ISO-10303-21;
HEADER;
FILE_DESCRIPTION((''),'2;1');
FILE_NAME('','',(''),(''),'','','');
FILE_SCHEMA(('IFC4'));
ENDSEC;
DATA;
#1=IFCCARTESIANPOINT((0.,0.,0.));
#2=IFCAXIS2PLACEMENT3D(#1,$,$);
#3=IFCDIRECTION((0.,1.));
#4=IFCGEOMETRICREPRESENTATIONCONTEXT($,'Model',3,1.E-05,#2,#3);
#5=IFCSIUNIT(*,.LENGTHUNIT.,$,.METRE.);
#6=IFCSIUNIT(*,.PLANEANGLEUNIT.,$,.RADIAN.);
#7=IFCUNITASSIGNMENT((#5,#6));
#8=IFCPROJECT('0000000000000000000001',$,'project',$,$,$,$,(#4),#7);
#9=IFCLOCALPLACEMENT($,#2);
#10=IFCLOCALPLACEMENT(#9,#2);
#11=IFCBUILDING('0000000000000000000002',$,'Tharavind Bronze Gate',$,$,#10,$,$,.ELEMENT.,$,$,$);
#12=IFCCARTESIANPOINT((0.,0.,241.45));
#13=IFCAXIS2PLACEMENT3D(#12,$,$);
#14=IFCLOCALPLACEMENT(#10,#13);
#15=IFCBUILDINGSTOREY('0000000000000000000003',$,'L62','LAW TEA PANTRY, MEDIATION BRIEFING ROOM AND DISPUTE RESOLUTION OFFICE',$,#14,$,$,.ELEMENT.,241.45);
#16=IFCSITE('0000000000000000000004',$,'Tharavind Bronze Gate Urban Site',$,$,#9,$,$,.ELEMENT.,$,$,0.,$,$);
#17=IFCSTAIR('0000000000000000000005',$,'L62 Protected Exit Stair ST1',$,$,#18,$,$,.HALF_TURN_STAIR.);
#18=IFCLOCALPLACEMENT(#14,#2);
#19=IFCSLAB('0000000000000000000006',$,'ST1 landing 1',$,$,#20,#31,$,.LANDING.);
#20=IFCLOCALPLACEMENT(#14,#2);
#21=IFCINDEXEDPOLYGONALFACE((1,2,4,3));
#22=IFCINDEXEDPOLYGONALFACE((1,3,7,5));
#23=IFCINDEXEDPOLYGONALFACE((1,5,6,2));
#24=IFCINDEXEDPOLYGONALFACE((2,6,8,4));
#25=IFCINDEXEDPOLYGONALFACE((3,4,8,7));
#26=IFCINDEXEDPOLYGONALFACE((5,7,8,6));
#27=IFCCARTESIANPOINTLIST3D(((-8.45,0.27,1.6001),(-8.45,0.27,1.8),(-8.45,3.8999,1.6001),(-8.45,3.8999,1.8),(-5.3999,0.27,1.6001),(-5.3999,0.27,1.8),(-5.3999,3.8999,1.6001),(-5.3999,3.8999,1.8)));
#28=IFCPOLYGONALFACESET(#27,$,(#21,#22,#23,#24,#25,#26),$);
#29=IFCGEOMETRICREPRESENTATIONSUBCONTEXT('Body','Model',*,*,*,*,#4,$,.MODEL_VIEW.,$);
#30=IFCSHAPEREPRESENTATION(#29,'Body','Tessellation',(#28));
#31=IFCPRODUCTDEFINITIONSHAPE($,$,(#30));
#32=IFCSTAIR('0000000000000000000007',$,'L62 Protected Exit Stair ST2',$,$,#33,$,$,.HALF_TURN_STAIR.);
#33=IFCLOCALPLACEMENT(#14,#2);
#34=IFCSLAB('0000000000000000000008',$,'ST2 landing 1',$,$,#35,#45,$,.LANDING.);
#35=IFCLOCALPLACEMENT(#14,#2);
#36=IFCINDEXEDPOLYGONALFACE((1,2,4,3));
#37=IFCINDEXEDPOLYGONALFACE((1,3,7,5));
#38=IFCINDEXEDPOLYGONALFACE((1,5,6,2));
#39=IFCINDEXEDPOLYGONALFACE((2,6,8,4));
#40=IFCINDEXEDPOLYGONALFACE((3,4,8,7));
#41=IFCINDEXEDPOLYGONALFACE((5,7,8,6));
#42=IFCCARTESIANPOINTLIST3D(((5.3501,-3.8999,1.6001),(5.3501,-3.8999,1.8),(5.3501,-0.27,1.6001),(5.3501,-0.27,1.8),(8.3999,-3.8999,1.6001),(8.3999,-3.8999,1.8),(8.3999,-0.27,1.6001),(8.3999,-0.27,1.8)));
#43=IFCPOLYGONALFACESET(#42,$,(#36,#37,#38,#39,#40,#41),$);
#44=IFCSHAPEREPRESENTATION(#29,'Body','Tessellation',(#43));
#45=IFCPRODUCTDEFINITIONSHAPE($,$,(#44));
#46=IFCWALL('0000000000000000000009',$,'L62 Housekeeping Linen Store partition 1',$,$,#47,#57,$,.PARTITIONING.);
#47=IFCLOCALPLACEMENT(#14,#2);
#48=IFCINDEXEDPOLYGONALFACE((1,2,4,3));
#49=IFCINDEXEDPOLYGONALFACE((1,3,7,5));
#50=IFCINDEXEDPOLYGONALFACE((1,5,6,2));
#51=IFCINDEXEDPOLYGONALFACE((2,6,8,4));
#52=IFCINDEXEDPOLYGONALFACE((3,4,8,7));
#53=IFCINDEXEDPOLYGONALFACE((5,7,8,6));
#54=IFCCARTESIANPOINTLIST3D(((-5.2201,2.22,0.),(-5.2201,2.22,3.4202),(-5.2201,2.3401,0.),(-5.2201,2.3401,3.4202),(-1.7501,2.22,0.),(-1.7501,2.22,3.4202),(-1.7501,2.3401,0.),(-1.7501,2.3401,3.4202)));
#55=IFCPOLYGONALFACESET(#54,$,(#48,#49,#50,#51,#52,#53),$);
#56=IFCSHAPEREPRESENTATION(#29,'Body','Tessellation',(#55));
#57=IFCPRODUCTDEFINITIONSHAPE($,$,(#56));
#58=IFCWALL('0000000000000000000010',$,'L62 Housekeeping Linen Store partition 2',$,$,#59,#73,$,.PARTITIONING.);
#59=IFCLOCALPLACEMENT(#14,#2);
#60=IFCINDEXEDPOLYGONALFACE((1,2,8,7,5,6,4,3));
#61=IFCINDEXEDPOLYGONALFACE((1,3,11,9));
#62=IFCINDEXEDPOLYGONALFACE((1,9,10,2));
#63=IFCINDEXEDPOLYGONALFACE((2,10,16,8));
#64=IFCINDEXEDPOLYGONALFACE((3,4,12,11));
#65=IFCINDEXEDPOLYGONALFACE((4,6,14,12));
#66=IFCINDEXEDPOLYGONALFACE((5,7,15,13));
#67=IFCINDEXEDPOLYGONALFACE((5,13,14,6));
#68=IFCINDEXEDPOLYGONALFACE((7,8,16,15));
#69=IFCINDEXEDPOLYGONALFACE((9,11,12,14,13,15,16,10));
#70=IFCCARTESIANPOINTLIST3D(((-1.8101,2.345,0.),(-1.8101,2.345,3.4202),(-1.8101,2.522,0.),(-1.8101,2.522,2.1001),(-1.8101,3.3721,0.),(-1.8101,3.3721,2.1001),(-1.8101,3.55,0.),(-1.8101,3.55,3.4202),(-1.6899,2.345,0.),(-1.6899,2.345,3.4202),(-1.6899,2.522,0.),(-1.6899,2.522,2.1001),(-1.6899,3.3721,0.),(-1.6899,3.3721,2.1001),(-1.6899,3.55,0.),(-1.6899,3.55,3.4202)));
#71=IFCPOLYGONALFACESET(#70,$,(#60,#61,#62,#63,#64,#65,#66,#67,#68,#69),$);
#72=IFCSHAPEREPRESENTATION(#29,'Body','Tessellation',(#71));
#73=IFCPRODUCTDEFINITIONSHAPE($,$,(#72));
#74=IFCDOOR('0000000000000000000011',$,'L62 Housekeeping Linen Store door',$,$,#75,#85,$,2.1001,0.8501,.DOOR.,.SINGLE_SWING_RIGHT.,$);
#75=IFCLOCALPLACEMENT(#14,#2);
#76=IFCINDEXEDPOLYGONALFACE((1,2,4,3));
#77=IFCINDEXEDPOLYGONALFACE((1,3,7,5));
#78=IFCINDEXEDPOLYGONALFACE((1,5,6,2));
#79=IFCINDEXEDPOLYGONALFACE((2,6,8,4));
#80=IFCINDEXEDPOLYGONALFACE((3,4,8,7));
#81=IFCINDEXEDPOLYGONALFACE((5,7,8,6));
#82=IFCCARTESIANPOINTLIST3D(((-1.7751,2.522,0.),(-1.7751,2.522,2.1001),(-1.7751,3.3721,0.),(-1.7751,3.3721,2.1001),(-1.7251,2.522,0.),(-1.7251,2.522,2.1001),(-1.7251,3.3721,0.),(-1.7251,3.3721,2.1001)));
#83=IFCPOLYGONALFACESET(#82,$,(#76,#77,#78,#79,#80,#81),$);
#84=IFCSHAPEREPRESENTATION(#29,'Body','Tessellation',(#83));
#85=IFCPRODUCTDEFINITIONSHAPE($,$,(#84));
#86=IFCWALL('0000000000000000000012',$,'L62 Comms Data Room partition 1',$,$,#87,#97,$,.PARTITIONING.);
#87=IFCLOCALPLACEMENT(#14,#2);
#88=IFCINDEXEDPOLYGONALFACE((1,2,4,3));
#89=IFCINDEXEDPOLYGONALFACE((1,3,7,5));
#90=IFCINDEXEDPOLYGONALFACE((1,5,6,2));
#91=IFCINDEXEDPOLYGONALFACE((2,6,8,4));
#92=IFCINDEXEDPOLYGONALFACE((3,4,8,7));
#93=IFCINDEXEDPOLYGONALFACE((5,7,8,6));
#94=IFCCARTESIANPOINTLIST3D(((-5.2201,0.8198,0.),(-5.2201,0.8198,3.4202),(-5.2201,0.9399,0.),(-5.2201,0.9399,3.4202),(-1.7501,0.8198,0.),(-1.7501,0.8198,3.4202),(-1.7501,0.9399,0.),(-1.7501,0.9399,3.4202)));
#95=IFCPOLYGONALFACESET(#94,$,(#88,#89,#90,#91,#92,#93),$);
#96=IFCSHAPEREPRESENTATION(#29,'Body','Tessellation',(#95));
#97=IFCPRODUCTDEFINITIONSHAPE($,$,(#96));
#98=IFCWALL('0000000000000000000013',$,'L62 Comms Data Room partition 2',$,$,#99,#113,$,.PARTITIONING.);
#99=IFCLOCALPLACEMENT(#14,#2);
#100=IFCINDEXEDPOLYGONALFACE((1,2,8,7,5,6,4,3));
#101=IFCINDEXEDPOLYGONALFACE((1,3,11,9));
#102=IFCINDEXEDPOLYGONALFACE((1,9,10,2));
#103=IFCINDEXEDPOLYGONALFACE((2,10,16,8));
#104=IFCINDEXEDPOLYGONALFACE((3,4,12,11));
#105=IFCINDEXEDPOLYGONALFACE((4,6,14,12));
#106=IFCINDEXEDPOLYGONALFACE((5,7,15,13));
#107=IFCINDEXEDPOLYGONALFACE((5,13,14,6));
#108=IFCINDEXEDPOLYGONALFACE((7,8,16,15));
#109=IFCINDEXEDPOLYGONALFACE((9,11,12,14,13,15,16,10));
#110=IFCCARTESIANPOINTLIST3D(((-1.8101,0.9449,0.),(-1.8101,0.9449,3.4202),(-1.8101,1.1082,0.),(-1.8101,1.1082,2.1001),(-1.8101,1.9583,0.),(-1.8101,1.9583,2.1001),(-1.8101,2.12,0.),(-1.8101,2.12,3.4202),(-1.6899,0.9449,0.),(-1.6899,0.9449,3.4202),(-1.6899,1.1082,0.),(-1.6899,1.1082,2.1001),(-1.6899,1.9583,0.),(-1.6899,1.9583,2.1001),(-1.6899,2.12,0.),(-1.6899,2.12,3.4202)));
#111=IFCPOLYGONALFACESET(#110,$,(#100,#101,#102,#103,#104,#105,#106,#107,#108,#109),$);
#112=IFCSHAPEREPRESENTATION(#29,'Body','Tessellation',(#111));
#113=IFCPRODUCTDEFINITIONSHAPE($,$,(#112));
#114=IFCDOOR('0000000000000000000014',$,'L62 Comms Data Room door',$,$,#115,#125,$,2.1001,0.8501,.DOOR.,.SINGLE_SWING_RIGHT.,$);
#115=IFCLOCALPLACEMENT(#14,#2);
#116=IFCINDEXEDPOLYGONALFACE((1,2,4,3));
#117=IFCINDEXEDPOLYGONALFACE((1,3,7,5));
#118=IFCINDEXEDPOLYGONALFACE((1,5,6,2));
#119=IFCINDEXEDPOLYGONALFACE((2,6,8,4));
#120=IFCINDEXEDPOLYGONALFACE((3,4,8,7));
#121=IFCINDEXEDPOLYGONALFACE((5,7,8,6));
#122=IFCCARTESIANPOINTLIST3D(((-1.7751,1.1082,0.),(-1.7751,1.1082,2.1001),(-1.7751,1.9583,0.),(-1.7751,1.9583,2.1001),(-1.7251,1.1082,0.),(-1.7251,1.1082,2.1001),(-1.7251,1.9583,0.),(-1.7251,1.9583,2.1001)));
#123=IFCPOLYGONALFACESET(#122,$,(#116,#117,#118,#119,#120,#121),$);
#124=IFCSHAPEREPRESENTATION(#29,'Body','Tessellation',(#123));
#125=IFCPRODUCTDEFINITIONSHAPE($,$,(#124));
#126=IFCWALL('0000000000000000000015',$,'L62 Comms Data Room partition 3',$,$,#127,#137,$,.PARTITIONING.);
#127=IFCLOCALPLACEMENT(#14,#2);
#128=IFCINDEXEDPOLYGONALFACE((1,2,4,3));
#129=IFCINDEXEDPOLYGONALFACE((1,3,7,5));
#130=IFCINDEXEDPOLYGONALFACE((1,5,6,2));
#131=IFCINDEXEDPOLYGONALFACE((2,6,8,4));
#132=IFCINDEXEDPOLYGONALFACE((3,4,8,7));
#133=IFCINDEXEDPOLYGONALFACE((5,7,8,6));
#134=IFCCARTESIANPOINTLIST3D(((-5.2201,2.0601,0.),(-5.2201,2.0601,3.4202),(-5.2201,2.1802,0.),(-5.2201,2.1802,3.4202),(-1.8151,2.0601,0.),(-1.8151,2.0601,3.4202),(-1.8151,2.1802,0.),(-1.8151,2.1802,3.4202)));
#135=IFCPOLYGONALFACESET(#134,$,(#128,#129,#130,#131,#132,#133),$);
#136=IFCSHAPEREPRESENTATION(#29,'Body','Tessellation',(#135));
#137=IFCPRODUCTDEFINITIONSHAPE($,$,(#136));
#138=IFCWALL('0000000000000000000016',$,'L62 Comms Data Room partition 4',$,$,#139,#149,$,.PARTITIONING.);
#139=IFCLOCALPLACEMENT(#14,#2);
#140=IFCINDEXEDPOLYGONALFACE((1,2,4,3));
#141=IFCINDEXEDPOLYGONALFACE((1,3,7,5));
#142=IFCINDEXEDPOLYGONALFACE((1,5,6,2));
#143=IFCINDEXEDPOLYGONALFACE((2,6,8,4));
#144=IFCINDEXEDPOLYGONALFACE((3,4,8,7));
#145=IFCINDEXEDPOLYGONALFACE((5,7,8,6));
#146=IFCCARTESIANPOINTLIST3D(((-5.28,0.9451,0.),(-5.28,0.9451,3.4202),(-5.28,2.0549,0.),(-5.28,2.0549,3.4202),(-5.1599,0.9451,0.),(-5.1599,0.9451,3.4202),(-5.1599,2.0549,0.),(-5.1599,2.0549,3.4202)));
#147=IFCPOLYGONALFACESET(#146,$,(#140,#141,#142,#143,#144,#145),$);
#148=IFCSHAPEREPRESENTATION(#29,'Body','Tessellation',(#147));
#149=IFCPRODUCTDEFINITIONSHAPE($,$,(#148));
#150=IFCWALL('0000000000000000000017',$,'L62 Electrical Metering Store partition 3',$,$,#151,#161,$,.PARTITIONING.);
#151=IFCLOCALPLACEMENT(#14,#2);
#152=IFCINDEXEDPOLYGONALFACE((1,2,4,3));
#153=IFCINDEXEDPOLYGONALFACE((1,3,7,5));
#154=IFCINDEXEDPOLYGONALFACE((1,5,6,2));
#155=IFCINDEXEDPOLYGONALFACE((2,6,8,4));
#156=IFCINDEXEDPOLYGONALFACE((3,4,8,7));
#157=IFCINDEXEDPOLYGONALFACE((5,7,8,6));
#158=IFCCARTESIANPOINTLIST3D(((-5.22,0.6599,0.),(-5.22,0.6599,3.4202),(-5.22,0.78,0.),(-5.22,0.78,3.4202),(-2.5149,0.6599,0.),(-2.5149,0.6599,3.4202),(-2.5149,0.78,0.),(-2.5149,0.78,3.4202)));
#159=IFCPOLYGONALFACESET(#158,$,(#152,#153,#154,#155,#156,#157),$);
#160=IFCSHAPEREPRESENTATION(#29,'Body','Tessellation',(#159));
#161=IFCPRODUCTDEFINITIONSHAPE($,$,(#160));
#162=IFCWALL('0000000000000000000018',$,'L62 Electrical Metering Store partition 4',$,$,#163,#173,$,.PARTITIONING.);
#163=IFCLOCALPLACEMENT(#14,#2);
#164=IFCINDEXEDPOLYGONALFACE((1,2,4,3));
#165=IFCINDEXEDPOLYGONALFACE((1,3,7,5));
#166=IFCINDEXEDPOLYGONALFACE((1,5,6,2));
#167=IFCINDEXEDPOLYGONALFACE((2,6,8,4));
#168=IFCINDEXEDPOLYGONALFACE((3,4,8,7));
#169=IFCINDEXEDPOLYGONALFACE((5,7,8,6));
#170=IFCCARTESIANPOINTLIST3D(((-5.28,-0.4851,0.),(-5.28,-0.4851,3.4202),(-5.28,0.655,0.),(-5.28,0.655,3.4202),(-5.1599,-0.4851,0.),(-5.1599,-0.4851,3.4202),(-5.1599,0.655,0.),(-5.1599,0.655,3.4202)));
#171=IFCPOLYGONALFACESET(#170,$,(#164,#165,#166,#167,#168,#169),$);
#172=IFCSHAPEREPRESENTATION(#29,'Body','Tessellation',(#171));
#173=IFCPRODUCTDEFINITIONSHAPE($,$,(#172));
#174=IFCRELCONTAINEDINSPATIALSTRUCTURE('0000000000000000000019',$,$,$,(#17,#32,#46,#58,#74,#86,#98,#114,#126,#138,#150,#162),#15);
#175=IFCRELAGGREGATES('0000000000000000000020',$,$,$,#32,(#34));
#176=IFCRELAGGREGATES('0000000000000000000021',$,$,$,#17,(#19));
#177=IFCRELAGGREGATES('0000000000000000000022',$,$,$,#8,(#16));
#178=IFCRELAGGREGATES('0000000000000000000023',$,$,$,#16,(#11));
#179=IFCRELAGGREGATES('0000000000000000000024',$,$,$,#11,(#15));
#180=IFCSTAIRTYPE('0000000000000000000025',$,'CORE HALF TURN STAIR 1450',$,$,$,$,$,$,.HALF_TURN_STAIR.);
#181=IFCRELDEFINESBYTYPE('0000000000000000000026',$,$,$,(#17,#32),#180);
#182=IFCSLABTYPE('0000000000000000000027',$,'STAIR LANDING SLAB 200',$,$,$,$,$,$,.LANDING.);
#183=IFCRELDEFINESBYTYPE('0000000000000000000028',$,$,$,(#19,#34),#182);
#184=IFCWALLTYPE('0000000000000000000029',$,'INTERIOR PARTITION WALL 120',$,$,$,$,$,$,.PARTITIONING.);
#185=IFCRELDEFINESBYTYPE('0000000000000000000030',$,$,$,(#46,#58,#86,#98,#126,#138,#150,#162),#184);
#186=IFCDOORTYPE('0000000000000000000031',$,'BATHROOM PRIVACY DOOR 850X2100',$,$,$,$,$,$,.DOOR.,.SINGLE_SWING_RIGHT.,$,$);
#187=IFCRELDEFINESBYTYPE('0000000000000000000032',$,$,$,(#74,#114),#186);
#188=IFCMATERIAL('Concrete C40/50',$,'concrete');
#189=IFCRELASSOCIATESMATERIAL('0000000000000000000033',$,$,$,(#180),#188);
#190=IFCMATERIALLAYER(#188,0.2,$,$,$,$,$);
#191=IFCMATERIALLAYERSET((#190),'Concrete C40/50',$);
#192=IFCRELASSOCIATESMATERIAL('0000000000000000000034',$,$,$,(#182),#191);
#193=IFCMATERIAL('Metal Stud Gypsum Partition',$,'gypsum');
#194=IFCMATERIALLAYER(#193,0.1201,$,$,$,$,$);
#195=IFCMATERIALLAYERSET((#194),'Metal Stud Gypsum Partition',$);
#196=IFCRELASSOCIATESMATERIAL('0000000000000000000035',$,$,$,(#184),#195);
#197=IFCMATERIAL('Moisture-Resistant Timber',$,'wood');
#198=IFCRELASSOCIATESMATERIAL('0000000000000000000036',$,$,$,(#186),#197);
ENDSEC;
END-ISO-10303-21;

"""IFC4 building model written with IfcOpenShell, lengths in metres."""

from ifc_helpers import new_model, si_unit, direction, frame, frame_2d, origin, place, context, subcontext, project, spatial, polyline, rectangle, outline, extrude, material, layer, layer_set, type_object, element, fill, aggregate, save


model = new_model("IFC4")

# Units and contexts
model_context = context("Model", 3, precision=1e-05, world=origin(), true_north=direction((0.0, 1.0)))
body_context = subcontext(model_context, "Body", "Model", "MODEL_VIEW")
ifc_project = project(units=[si_unit("LENGTHUNIT", "METRE"), si_unit("PLANEANGLEUNIT", "RADIAN")], contexts=[model_context])

# Site, building, storey
site_placement = place(None, origin())
site = spatial("IfcSite", under=ifc_project, at=site_placement, Name="Tharavind Bronze Gate Urban Site", CompositionType="ELEMENT", RefElevation=0.0)
building_placement = place(site_placement, origin())
building = spatial("IfcBuilding", under=site, at=building_placement, Name="Tharavind Bronze Gate", CompositionType="ELEMENT")
storey_placement = place(building_placement, frame((0.0, 0.0, 241.45)))
storey = spatial("IfcBuildingStorey", under=building, at=storey_placement, Name="L62", Description="LAW TEA PANTRY, MEDIATION BRIEFING ROOM AND DISPUTE RESOLUTION OFFICE", CompositionType="ELEMENT", Elevation=241.45)

# Stairs, slabs
ifc_material_1 = material(Name="Concrete C40/50", Category="concrete")
stair_type = type_object("IfcStairType", Name="CORE HALF TURN STAIR 1450", PredefinedType="HALF_TURN_STAIR", material=ifc_material_1)
stair_1_placement = place(storey_placement, origin())
stair_1 = element("IfcStair", 1, at=stair_1_placement, inside=storey, type_object=stair_type, Name="L62 Protected Exit Stair ST1", PredefinedType="HALF_TURN_STAIR")
ifc_layer_1 = layer(ifc_material_1, 0.2)
ifc_layer_set_1 = layer_set([ifc_layer_1], Name="Concrete C40/50")
slab_type = type_object("IfcSlabType", Name="STAIR LANDING SLAB 200", PredefinedType="LANDING", material=ifc_layer_set_1)
slab_1_placement = place(storey_placement, frame((0.0, 0.0, 1.6001)))
slab_1 = element("IfcSlab", 2, at=slab_1_placement, type_object=slab_type, Name="ST1 landing 1", PredefinedType="LANDING", context=body_context, shape_type="SweptSolid", body=[
    extrude(outline(polyline([(-5.3999, 0.27), (-5.3999, 3.8999), (-8.45, 3.8999), (-8.45, 0.27), (-5.3999, 0.27)])), origin(), (0.0, 0.0, 1.0), 0.2),
])
stair_2_placement = place(storey_placement, origin())
stair_2 = element("IfcStair", 3, at=stair_2_placement, inside=storey, type_object=stair_type, Name="L62 Protected Exit Stair ST2", PredefinedType="HALF_TURN_STAIR")
slab_2_placement = place(storey_placement, frame((0.0, 0.0, 1.6001)))
slab_2 = element("IfcSlab", 4, at=slab_2_placement, type_object=slab_type, Name="ST2 landing 1", PredefinedType="LANDING", context=body_context, shape_type="SweptSolid", body=[
    extrude(outline(polyline([(5.3501, -0.27), (5.3501, -3.8999), (8.3999, -3.8999), (8.3999, -0.27), (5.3501, -0.27)])), origin(), (0.0, 0.0, 1.0), 0.2),
])
aggregate(stair_2, [slab_2])

# Wall
ifc_material_2 = material(Name="Metal Stud Gypsum Partition", Category="gypsum")
ifc_layer_2 = layer(ifc_material_2, 0.1201)
ifc_layer_set_2 = layer_set([ifc_layer_2], Name="Metal Stud Gypsum Partition")
wall_type = type_object("IfcWallType", Name="INTERIOR PARTITION WALL 120", PredefinedType="PARTITIONING", material=ifc_layer_set_2)
wall_1_placement = place(storey_placement, frame((-5.22, 2.28, 0.0), z_axis=(0.0, 0.0, 1.0), x_axis=(1.0, 0.0, 0.0)))
element("IfcWall", 5, at=wall_1_placement, inside=storey, type_object=wall_type, Name="L62 Housekeeping Linen Store partition 1", PredefinedType="PARTITIONING", context=body_context, shape_type="SweptSolid", body=[
    extrude(rectangle(XDim=3.47, YDim=0.1201, at=frame_2d((1.7349, 0.0))), origin(), (0.0, 0.0, 1.0), 3.4202),
])

# Wall, opening, door
wall_2_placement = place(storey_placement, frame((-1.75, 2.345, 0.0), z_axis=(0.0, 0.0, 1.0), x_axis=(0.0, 1.0, 0.0)))
wall_2 = element("IfcWall", 6, at=wall_2_placement, inside=storey, type_object=wall_type, Name="L62 Housekeeping Linen Store partition 2", PredefinedType="PARTITIONING", context=body_context, shape_type="SweptSolid", body=[
    extrude(rectangle(XDim=1.2051, YDim=0.1201, at=frame_2d((0.6025, 0.0))), origin(), (0.0, 0.0, 1.0), 3.4202),
])
opening_1_placement = place(wall_2_placement, frame((0.177, 0.0, 0.0)))
opening_1 = element("IfcOpeningElement", 7, at=opening_1_placement, cuts=wall_2, PredefinedType="OPENING", context=body_context, shape_type="SweptSolid", body=[
    extrude(rectangle(XDim=0.8501, YDim=2.1001, at=frame_2d((0.425, 1.05))), frame((0.0, 0.0701, 0.0), z_axis=(0.0, -1.0, 0.0), x_axis=(1.0, 0.0, 0.0)), (0.0, 0.0, 1.0), 0.1401),
])
ifc_material_3 = material(Name="Moisture-Resistant Timber", Category="wood")
door_type = type_object("IfcDoorType", Name="BATHROOM PRIVACY DOOR 850X2100", OperationType="SINGLE_SWING_RIGHT", PredefinedType="DOOR", material=ifc_material_3)
door_1_placement = place(opening_1_placement, frame((0.8501, 0.0, 0.0), z_axis=(0.0, 0.0, 1.0), x_axis=(-1.0, 0.0, 0.0)))
door_1 = element("IfcDoor", 8, at=door_1_placement, inside=storey, type_object=door_type, Name="L62 Housekeeping Linen Store door", OperationType="SINGLE_SWING_RIGHT", OverallHeight=2.1001, OverallWidth=0.8501, PredefinedType="DOOR", context=body_context, shape_type="SweptSolid", body=[
    extrude(rectangle(XDim=0.8501, YDim=2.1001, at=frame_2d((0.425, 1.05))), frame((0.0, 0.0249, 0.0), z_axis=(0.0, -1.0, 0.0), x_axis=(1.0, 0.0, 0.0)), (0.0, 0.0, 1.0), 0.05),
])
fill(opening_1, door_1)

# Wall
wall_3_placement = place(storey_placement, frame((-5.22, 0.8799, 0.0), z_axis=(0.0, 0.0, 1.0), x_axis=(1.0, 0.0, 0.0)))
element("IfcWall", 9, at=wall_3_placement, inside=storey, type_object=wall_type, Name="L62 Comms Data Room partition 1", PredefinedType="PARTITIONING", context=body_context, shape_type="SweptSolid", body=[
    extrude(rectangle(XDim=3.47, YDim=0.1201, at=frame_2d((1.7349, 0.0))), origin(), (0.0, 0.0, 1.0), 3.4202),
])

# Wall, opening, door
wall_4_placement = place(storey_placement, frame((-1.75, 0.9451, 0.0), z_axis=(0.0, 0.0, 1.0), x_axis=(0.0, 1.0, 0.0)))
wall_4 = element("IfcWall", 10, at=wall_4_placement, inside=storey, type_object=wall_type, Name="L62 Comms Data Room partition 2", PredefinedType="PARTITIONING", context=body_context, shape_type="SweptSolid", body=[
    extrude(rectangle(XDim=1.175, YDim=0.1201, at=frame_2d((0.5874, 0.0))), origin(), (0.0, 0.0, 1.0), 3.4202),
])
opening_2_placement = place(wall_4_placement, frame((0.1631, 0.0, 0.0)))
opening_2 = element("IfcOpeningElement", 11, at=opening_2_placement, cuts=wall_4, PredefinedType="OPENING", context=body_context, shape_type="SweptSolid", body=[
    extrude(rectangle(XDim=0.8501, YDim=2.1001, at=frame_2d((0.425, 1.05))), frame((0.0, 0.0701, 0.0), z_axis=(0.0, -1.0, 0.0), x_axis=(1.0, 0.0, 0.0)), (0.0, 0.0, 1.0), 0.1401),
])
door_2_placement = place(opening_2_placement, frame((0.8501, 0.0, 0.0), z_axis=(0.0, 0.0, 1.0), x_axis=(-1.0, 0.0, 0.0)))
door_2 = element("IfcDoor", 12, at=door_2_placement, inside=storey, type_object=door_type, Name="L62 Comms Data Room door", OperationType="SINGLE_SWING_RIGHT", OverallHeight=2.1001, OverallWidth=0.8501, PredefinedType="DOOR", context=body_context, shape_type="SweptSolid", body=[
    extrude(rectangle(XDim=0.8501, YDim=2.1001, at=frame_2d((0.425, 1.05))), frame((0.0, 0.0249, 0.0), z_axis=(0.0, -1.0, 0.0), x_axis=(1.0, 0.0, 0.0)), (0.0, 0.0, 1.0), 0.05),
])
fill(opening_2, door_2)

# Walls
wall_5_placement = place(storey_placement, frame((-1.8149, 2.1201, 0.0), z_axis=(0.0, 0.0, 1.0), x_axis=(-1.0, 0.0, 0.0)))
element("IfcWall", 13, at=wall_5_placement, inside=storey, type_object=wall_type, Name="L62 Comms Data Room partition 3", PredefinedType="PARTITIONING", context=body_context, shape_type="SweptSolid", body=[
    extrude(rectangle(XDim=3.405, YDim=0.1201, at=frame_2d((1.7026, 0.0))), origin(), (0.0, 0.0, 1.0), 3.4202),
])
wall_6_placement = place(storey_placement, frame((-5.22, 2.0549, 0.0), z_axis=(0.0, 0.0, 1.0), x_axis=(0.0, -1.0, 0.0)))
element("IfcWall", 14, at=wall_6_placement, inside=storey, type_object=wall_type, Name="L62 Comms Data Room partition 4", PredefinedType="PARTITIONING", context=body_context, shape_type="SweptSolid", body=[
    extrude(rectangle(XDim=1.1099, YDim=0.1201, at=frame_2d((0.5549, 0.0))), origin(), (0.0, 0.0, 1.0), 3.4202),
])
wall_7_placement = place(storey_placement, frame((-2.5149, 0.72, 0.0), z_axis=(0.0, 0.0, 1.0), x_axis=(-1.0, 0.0, 0.0)))
element("IfcWall", 15, at=wall_7_placement, inside=storey, type_object=wall_type, Name="L62 Electrical Metering Store partition 3", PredefinedType="PARTITIONING", context=body_context, shape_type="SweptSolid", body=[
    extrude(rectangle(XDim=2.7051, YDim=0.1201, at=frame_2d((1.3525, 0.0))), origin(), (0.0, 0.0, 1.0), 3.4202),
])
wall_8_placement = place(storey_placement, frame((-5.22, 0.655, 0.0), z_axis=(0.0, 0.0, 1.0), x_axis=(0.0, -1.0, 0.0)))
element("IfcWall", 16, at=wall_8_placement, inside=storey, type_object=wall_type, Name="L62 Electrical Metering Store partition 4", PredefinedType="PARTITIONING", context=body_context, shape_type="SweptSolid", body=[
    extrude(rectangle(XDim=1.1401, YDim=0.1201, at=frame_2d((0.5701, 0.0))), origin(), (0.0, 0.0, 1.0), 3.4202),
])

aggregate(stair_1, [slab_1])

save(model, "model.ifc")
